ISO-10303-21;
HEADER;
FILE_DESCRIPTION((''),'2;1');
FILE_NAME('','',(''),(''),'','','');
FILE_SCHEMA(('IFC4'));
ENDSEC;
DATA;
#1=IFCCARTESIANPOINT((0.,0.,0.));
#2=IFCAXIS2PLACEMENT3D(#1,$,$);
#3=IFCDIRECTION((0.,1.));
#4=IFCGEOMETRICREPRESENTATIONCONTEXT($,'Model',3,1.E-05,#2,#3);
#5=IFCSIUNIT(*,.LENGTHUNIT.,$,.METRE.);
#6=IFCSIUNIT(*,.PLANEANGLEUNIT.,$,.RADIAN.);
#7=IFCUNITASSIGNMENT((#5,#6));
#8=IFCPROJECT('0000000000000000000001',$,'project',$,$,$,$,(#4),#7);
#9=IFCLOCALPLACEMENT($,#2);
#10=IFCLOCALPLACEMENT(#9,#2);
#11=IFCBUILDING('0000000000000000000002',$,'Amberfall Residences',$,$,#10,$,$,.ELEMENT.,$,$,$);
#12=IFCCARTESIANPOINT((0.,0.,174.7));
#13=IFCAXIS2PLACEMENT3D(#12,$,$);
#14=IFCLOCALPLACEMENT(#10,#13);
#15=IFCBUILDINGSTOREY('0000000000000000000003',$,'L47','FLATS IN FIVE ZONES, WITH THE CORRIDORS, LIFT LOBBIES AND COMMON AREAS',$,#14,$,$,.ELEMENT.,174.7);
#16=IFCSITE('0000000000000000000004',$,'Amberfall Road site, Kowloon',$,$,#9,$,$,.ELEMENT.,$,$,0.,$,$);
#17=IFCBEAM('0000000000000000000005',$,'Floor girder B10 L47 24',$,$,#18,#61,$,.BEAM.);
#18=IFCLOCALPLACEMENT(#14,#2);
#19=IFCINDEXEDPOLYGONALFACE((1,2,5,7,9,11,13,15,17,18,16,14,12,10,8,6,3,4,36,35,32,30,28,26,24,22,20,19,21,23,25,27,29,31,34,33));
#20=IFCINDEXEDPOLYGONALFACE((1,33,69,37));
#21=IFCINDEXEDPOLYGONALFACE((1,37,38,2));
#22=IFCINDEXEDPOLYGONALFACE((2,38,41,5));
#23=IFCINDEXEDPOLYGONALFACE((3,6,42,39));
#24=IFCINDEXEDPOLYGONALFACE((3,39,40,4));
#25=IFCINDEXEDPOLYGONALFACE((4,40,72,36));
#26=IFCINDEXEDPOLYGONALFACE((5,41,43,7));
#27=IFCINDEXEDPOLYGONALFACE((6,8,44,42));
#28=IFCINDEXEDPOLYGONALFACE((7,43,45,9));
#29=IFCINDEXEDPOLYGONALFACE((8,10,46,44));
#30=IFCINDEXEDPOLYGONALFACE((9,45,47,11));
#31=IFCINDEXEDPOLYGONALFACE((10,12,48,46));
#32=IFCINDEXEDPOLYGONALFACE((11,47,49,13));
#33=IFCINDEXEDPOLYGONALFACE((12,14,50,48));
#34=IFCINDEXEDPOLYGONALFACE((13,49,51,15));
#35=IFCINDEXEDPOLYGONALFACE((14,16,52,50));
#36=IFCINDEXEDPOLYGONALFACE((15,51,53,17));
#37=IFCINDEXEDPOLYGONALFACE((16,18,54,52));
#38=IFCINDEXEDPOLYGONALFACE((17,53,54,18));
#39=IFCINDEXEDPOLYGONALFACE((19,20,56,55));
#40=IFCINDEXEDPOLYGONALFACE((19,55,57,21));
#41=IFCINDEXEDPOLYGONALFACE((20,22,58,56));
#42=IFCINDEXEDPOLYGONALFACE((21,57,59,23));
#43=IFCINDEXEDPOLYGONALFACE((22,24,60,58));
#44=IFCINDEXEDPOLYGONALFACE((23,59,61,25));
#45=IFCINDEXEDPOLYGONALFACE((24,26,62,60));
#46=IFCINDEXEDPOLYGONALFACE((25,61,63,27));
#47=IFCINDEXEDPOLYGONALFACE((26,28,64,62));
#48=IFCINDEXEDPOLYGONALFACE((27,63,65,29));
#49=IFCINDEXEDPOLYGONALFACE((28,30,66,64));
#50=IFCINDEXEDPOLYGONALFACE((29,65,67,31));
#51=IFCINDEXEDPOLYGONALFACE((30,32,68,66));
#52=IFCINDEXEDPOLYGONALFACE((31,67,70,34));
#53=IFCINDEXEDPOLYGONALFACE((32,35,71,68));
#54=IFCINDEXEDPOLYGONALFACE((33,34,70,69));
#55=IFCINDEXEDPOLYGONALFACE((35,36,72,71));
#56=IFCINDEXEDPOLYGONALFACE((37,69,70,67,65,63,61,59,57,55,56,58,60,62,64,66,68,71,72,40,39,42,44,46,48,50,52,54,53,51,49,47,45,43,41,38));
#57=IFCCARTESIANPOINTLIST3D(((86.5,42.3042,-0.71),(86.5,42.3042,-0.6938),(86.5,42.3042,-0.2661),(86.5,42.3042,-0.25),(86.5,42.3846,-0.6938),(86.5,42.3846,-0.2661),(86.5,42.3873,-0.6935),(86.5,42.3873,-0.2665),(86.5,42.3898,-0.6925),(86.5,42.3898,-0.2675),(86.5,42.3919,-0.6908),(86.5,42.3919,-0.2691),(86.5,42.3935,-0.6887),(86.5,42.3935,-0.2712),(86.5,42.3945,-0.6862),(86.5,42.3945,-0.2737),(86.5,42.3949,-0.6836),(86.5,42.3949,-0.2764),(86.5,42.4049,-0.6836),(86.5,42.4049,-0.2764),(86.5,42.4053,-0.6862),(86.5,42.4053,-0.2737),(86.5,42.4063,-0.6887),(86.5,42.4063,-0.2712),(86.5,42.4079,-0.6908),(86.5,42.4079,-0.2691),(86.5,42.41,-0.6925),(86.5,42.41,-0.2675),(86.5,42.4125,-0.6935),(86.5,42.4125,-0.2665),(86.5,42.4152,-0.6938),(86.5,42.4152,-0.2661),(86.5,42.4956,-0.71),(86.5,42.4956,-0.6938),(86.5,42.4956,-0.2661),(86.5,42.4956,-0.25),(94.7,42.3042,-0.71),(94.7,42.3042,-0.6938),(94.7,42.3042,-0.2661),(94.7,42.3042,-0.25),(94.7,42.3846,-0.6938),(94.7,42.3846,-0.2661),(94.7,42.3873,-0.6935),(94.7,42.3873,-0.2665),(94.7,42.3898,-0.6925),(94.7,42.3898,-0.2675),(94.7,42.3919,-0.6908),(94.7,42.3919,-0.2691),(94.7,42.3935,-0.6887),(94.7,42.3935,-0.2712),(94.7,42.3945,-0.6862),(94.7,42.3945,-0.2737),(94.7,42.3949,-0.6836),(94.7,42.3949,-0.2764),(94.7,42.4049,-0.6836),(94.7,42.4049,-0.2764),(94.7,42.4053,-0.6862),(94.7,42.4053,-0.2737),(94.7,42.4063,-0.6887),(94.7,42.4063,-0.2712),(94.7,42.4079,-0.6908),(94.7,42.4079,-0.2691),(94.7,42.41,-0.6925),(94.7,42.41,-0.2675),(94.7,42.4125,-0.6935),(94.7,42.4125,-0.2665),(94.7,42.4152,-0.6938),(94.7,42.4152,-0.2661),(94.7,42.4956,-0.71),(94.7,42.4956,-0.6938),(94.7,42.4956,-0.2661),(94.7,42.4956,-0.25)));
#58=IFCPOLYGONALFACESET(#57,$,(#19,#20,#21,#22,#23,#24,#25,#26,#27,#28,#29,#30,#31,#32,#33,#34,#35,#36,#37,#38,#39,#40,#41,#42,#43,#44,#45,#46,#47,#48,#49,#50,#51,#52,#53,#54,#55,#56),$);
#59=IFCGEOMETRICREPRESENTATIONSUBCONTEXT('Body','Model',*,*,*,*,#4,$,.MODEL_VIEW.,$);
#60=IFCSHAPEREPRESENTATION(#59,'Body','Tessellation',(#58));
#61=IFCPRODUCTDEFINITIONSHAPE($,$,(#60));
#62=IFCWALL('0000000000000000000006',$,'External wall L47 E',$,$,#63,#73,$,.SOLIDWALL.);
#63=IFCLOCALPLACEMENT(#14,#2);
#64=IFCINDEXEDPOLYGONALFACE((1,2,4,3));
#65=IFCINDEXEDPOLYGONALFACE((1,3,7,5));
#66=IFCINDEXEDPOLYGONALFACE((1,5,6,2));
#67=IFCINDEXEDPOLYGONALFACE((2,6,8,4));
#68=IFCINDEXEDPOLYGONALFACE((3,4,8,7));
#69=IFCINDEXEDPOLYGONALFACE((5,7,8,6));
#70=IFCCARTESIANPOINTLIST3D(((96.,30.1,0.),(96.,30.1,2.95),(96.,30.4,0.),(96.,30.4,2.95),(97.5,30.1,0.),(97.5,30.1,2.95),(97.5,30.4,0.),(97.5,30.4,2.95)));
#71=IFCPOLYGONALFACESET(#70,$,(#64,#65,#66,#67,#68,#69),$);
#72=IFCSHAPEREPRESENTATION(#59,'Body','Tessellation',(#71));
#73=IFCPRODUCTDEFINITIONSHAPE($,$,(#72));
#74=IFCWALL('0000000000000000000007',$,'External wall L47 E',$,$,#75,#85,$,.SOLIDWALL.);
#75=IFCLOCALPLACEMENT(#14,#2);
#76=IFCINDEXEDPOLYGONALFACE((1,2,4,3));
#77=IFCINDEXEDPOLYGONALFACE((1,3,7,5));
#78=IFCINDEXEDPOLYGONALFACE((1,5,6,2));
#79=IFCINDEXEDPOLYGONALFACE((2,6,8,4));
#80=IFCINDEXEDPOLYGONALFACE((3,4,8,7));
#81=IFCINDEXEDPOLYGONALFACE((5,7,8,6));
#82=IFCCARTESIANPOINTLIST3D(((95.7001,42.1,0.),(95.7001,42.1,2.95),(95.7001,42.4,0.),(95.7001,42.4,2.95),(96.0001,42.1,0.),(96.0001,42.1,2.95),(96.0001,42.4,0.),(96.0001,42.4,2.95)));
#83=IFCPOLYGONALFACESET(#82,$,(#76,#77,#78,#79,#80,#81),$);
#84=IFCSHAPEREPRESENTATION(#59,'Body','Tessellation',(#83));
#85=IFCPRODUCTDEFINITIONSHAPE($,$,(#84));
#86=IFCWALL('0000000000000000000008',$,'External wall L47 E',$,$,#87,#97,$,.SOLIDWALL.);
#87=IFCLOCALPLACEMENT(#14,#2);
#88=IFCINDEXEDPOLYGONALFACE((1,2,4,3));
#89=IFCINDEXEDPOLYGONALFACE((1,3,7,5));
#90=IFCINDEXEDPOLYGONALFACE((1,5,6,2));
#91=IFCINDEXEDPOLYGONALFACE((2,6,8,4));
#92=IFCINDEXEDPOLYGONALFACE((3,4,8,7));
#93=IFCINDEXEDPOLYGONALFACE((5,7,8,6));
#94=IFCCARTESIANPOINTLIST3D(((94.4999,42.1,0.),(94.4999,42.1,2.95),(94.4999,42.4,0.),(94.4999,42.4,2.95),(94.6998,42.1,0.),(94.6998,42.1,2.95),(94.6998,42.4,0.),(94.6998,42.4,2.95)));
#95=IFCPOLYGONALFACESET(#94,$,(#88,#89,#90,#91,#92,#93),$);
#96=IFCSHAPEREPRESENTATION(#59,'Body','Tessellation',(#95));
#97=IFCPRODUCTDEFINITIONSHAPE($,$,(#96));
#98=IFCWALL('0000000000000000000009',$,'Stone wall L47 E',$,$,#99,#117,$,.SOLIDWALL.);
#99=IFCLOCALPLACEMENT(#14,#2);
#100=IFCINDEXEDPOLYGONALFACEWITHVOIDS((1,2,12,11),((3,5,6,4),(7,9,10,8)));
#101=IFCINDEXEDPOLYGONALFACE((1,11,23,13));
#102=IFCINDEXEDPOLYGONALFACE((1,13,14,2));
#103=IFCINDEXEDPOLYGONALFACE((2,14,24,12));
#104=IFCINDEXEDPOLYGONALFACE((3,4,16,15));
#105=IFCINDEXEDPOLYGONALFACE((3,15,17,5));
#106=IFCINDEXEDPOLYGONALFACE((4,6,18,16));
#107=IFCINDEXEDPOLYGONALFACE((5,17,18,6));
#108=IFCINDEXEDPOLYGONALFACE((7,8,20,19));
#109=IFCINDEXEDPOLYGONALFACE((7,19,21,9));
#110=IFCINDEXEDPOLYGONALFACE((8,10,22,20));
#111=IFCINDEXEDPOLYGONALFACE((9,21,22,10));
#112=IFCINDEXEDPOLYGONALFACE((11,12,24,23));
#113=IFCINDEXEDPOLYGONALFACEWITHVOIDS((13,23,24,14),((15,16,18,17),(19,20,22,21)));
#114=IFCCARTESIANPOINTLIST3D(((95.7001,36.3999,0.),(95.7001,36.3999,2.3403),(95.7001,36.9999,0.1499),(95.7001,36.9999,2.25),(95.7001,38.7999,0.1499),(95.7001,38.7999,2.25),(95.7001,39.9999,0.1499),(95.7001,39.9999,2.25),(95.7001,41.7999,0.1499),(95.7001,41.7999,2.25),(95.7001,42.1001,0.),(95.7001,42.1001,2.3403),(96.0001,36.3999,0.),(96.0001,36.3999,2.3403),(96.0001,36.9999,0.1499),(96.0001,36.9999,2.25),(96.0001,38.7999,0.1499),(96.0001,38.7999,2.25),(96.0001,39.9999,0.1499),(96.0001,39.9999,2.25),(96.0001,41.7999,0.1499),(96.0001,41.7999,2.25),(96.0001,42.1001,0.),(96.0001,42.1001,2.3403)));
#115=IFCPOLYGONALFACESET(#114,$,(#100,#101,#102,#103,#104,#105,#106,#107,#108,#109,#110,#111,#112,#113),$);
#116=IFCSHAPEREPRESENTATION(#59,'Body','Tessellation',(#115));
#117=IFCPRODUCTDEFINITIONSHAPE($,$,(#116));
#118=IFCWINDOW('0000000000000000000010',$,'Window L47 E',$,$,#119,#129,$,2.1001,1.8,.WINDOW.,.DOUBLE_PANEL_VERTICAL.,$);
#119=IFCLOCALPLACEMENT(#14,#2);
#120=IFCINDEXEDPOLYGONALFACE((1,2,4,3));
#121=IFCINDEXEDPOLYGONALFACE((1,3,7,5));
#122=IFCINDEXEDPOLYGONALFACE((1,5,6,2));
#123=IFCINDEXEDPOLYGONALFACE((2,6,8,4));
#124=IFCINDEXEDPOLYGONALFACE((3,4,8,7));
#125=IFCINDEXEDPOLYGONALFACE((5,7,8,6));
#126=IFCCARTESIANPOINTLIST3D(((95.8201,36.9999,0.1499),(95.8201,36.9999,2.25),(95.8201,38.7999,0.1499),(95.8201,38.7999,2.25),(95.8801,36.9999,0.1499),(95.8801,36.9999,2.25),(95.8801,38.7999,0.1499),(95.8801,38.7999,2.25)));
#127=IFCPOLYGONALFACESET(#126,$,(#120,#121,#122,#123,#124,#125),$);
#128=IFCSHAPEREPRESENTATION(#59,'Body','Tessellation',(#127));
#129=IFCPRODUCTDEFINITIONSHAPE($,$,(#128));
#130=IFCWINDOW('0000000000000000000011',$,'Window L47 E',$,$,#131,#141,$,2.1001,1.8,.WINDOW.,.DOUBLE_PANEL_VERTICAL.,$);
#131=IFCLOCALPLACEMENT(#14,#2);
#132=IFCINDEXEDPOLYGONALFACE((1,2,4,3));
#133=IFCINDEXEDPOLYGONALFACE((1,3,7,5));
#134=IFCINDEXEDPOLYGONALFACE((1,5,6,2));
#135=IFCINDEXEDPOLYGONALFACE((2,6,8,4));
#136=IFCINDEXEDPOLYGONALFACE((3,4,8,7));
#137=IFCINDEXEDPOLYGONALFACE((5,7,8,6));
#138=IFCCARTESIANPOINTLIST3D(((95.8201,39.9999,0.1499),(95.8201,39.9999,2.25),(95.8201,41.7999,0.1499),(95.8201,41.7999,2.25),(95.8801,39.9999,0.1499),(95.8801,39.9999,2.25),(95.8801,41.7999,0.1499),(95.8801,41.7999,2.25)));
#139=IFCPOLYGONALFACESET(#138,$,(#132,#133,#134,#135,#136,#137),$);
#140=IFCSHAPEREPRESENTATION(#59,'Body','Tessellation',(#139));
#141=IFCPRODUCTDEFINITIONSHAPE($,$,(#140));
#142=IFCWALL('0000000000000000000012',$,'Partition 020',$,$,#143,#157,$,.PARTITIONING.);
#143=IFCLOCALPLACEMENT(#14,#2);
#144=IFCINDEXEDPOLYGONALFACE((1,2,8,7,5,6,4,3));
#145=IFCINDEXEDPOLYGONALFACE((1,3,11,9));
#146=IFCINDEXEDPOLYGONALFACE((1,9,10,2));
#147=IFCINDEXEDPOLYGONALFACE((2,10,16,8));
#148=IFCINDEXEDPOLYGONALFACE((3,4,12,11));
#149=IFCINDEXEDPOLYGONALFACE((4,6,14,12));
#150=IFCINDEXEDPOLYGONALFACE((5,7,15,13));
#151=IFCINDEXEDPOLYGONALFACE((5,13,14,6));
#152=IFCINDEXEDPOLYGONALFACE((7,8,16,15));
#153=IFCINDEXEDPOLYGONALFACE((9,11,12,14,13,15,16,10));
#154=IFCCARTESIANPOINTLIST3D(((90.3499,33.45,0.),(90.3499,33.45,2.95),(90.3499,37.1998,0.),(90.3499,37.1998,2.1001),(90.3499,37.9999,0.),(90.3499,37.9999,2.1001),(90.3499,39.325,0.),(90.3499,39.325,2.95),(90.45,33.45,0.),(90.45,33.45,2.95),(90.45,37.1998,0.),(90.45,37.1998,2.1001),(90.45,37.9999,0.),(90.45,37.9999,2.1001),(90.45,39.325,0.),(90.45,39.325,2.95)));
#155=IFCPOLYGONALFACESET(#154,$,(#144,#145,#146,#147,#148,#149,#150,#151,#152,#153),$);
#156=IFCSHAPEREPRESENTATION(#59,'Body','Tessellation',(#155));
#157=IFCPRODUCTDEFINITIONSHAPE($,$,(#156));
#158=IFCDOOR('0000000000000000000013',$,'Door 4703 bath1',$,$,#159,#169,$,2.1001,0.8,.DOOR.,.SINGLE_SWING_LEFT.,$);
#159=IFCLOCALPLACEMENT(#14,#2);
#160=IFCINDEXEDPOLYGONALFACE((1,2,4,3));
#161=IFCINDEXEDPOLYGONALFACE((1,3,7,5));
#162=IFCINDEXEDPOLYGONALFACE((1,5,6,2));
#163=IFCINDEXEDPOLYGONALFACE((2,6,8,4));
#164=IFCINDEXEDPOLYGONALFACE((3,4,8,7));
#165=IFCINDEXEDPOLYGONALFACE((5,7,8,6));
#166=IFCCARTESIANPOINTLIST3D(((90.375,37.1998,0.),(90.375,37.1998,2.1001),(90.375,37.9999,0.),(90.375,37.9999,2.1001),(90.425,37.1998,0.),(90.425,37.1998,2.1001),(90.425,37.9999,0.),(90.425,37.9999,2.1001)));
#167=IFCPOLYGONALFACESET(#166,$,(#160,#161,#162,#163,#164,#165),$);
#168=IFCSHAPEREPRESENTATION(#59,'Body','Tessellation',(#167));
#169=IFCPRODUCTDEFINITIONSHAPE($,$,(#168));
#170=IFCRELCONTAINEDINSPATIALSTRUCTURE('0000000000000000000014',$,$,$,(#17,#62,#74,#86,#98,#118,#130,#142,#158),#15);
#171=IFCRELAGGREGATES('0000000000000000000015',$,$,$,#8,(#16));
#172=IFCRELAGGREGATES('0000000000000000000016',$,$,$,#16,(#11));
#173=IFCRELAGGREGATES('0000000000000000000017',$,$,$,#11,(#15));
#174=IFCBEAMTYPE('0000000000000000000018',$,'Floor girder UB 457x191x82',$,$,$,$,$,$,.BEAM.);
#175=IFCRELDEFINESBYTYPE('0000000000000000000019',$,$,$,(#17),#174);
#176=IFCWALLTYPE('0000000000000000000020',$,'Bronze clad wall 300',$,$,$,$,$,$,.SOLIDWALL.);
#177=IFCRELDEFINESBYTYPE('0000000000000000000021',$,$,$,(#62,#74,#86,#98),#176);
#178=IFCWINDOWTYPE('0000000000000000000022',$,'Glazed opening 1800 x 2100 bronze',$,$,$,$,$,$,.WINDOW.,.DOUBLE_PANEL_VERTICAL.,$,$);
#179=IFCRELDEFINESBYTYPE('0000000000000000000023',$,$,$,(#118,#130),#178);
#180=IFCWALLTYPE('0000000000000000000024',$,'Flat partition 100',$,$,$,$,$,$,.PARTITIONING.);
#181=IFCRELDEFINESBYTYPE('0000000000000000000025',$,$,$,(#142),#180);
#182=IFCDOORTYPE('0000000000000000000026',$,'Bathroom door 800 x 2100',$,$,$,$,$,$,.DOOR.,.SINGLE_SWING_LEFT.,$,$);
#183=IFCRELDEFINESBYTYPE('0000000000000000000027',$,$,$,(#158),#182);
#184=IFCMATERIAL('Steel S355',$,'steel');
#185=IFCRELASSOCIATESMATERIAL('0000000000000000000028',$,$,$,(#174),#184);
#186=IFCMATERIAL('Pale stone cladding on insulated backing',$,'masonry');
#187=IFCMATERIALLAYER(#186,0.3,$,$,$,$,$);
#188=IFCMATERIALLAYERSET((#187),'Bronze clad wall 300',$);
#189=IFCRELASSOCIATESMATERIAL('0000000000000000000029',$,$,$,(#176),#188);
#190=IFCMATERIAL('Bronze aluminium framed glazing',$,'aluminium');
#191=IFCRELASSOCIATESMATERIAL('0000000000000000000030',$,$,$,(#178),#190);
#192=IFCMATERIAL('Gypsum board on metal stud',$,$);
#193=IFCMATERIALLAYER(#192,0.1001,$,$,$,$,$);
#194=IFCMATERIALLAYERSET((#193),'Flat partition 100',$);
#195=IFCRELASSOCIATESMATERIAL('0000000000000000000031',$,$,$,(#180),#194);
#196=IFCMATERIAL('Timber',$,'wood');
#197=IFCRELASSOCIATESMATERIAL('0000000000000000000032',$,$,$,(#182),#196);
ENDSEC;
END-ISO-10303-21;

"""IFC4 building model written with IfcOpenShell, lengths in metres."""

from ifc_helpers import new_model, si_unit, direction, frame, frame_2d, origin, origin_2d, place, context, subcontext, project, spatial, rectangle, i_section, extrude, material, layer, layer_set, material_profile, profile_set, type_object, element, fill, save


model = new_model("IFC4")

# Units and contexts
model_context = context("Model", 3, precision=1e-05, world=origin(), true_north=direction((0.0, 1.0)))
body_context = subcontext(model_context, "Body", "Model", "MODEL_VIEW")
ifc_project = project(units=[si_unit("LENGTHUNIT", "METRE"), si_unit("PLANEANGLEUNIT", "RADIAN")], contexts=[model_context])

# Site, building, storey
site_placement = place(None, origin())
site = spatial("IfcSite", under=ifc_project, at=site_placement, Name="Amberfall Road site, Kowloon", CompositionType="ELEMENT", RefElevation=0.0)
building_placement = place(site_placement, origin())
building = spatial("IfcBuilding", under=site, at=building_placement, Name="Amberfall Residences", CompositionType="ELEMENT")
storey_placement = place(building_placement, frame((0.0, 0.0, 174.7)))
storey = spatial("IfcBuildingStorey", under=building, at=storey_placement, Name="L47", Description="FLATS IN FIVE ZONES, WITH THE CORRIDORS, LIFT LOBBIES AND COMMON AREAS", CompositionType="ELEMENT", Elevation=174.7)

# Beam
ifc_material_1 = material(Name="Steel S355", Category="steel")
ifc_material_profile_1 = material_profile(ifc_material_1, i_section(OverallWidth=0.1914, OverallDepth=0.46, WebThickness=0.01, FlangeThickness=0.0161, FilletRadius=0.0103, at=origin_2d()), Name="UB 457x191x82")
ifc_profile_set_1 = profile_set([ifc_material_profile_1], Name="Steel S355")
beam_type_1 = type_object("IfcBeamType", Name="Floor girder UB 457x191x82", PredefinedType="BEAM", material=ifc_profile_set_1)
beam_1_placement = place(storey_placement, frame((94.7, 42.3999, -0.48), z_axis=(-1.0, 0.0, 0.0), x_axis=(0.0, -1.0, 0.0)))
element("IfcBeam", 1, at=beam_1_placement, inside=storey, type_object=beam_type_1, Name="Floor girder B10 L47 24", PredefinedType="BEAM", context=body_context, shape_type="SweptSolid", body=[
    extrude(i_section(OverallWidth=0.1914, OverallDepth=0.46, WebThickness=0.01, FlangeThickness=0.0161, FilletRadius=0.0103, at=origin_2d()), origin(), (0.0, 0.0, 1.0), 8.2),
])

# Walls
ifc_material_2 = material(Name="Pale stone cladding on insulated backing", Category="masonry")
ifc_layer_1 = layer(ifc_material_2, 0.3)
ifc_layer_set_1 = layer_set([ifc_layer_1], Name="Bronze clad wall 300")
wall_type_1 = type_object("IfcWallType", Name="Bronze clad wall 300", PredefinedType="SOLIDWALL", material=ifc_layer_set_1)
wall_1_placement = place(storey_placement, frame((97.5, 30.25, 0.0), z_axis=(0.0, 0.0, 1.0), x_axis=(-1.0, 0.0, 0.0)))
element("IfcWall", 2, at=wall_1_placement, inside=storey, type_object=wall_type_1, Name="External wall L47 E", PredefinedType="SOLIDWALL", context=body_context, shape_type="SweptSolid", body=[
    extrude(rectangle(XDim=1.5, YDim=0.3, at=frame_2d((0.75, 0.0))), origin(), (0.0, 0.0, 1.0), 2.95),
])
wall_2_placement = place(storey_placement, frame((96.0, 42.25, 0.0), z_axis=(0.0, 0.0, 1.0), x_axis=(-1.0, 0.0, 0.0)))
element("IfcWall", 3, at=wall_2_placement, inside=storey, type_object=wall_type_1, Name="External wall L47 E", PredefinedType="SOLIDWALL", context=body_context, shape_type="SweptSolid", body=[
    extrude(rectangle(XDim=0.3, YDim=0.3, at=frame_2d((0.1499, 0.0))), origin(), (0.0, 0.0, 1.0), 2.95),
])
wall_3_placement = place(storey_placement, frame((94.7, 42.25, 0.0), z_axis=(0.0, 0.0, 1.0), x_axis=(-1.0, 0.0, 0.0)))
element("IfcWall", 4, at=wall_3_placement, inside=storey, type_object=wall_type_1, Name="External wall L47 E", PredefinedType="SOLIDWALL", context=body_context, shape_type="SweptSolid", body=[
    extrude(rectangle(XDim=0.2, YDim=0.3, at=frame_2d((0.1001, 0.0))), origin(), (0.0, 0.0, 1.0), 2.95),
])

# Wall, openings, windows
wall_4_placement = place(storey_placement, frame((95.8501, 36.3999, 0.0), z_axis=(0.0, 0.0, 1.0), x_axis=(0.0, 1.0, 0.0)))
wall_4 = element("IfcWall", 5, at=wall_4_placement, inside=storey, type_object=wall_type_1, Name="Stone wall L47 E", PredefinedType="SOLIDWALL", context=body_context, shape_type="SweptSolid", body=[
    extrude(rectangle(XDim=5.7002, YDim=0.3, at=frame_2d((2.8501, 0.0))), origin(), (0.0, 0.0, 1.0), 2.3403),
])
opening_1_placement = place(wall_4_placement, frame((0.6001, 0.0, 0.1499)))
opening_1 = element("IfcOpeningElement", 6, at=opening_1_placement, cuts=wall_4, PredefinedType="OPENING", context=body_context, shape_type="SweptSolid", body=[
    extrude(rectangle(XDim=1.8, YDim=2.1001, at=frame_2d((0.8999, 1.05))), frame((0.0, 0.1599, 0.0), z_axis=(0.0, -1.0, 0.0), x_axis=(1.0, 0.0, 0.0)), (0.0, 0.0, 1.0), 0.3201),
])
opening_2_placement = place(wall_4_placement, frame((3.6001, 0.0, 0.1499)))
opening_2 = element("IfcOpeningElement", 7, at=opening_2_placement, cuts=wall_4, PredefinedType="OPENING", context=body_context, shape_type="SweptSolid", body=[
    extrude(rectangle(XDim=1.8, YDim=2.1001, at=frame_2d((0.8999, 1.05))), frame((0.0, 0.1599, 0.0), z_axis=(0.0, -1.0, 0.0), x_axis=(1.0, 0.0, 0.0)), (0.0, 0.0, 1.0), 0.3201),
])
ifc_material_3 = material(Name="Bronze aluminium framed glazing", Category="aluminium")
window_type = type_object("IfcWindowType", Name="Glazed opening 1800 x 2100 bronze", PartitioningType="DOUBLE_PANEL_VERTICAL", PredefinedType="WINDOW", material=ifc_material_3)
window_1_placement = place(opening_1_placement, origin())
window_1 = element("IfcWindow", 8, at=window_1_placement, inside=storey, type_object=window_type, Name="Window L47 E", OverallHeight=2.1001, OverallWidth=1.8, PartitioningType="DOUBLE_PANEL_VERTICAL", PredefinedType="WINDOW", context=body_context, shape_type="SweptSolid", body=[
    extrude(rectangle(XDim=1.8, YDim=2.1001, at=frame_2d((0.8999, 1.05))), frame((0.0, 0.03, 0.0), z_axis=(0.0, -1.0, 0.0), x_axis=(1.0, 0.0, 0.0)), (0.0, 0.0, 1.0), 0.0601),
])
fill(opening_1, window_1)
window_2_placement = place(opening_2_placement, origin())
window_2 = element("IfcWindow", 9, at=window_2_placement, inside=storey, type_object=window_type, Name="Window L47 E", OverallHeight=2.1001, OverallWidth=1.8, PartitioningType="DOUBLE_PANEL_VERTICAL", PredefinedType="WINDOW", context=body_context, shape_type="SweptSolid", body=[
    extrude(rectangle(XDim=1.8, YDim=2.1001, at=frame_2d((0.8999, 1.05))), frame((0.0, 0.03, 0.0), z_axis=(0.0, -1.0, 0.0), x_axis=(1.0, 0.0, 0.0)), (0.0, 0.0, 1.0), 0.0601),
])
fill(opening_2, window_2)

# Wall, opening, door
ifc_material_4 = material(Name="Gypsum board on metal stud")
ifc_layer_2 = layer(ifc_material_4, 0.1001)
ifc_layer_set_2 = layer_set([ifc_layer_2], Name="Flat partition 100")
wall_type_2 = type_object("IfcWallType", Name="Flat partition 100", PredefinedType="PARTITIONING", material=ifc_layer_set_2)
wall_5_placement = place(storey_placement, frame((90.3999, 33.45, 0.0), z_axis=(0.0, 0.0, 1.0), x_axis=(0.0, 1.0, 0.0)))
wall_5 = element("IfcWall", 10, at=wall_5_placement, inside=storey, type_object=wall_type_2, Name="Partition 020", PredefinedType="PARTITIONING", context=body_context, shape_type="SweptSolid", body=[
    extrude(rectangle(XDim=5.875, YDim=0.1001, at=frame_2d((2.9375, 0.0))), origin(), (0.0, 0.0, 1.0), 2.95),
])
opening_3_placement = place(wall_5_placement, frame((3.75, 0.0, 0.0)))
opening_3 = element("IfcOpeningElement", 11, at=opening_3_placement, cuts=wall_5, PredefinedType="OPENING", context=body_context, shape_type="SweptSolid", body=[
    extrude(rectangle(XDim=0.8, YDim=2.1001, at=frame_2d((0.3999, 1.05))), frame((0.0, 0.0601, 0.0), z_axis=(0.0, -1.0, 0.0), x_axis=(1.0, 0.0, 0.0)), (0.0, 0.0, 1.0), 0.1201),
])
ifc_material_5 = material(Name="Timber", Category="wood")
door_type_1 = type_object("IfcDoorType", Name="Bathroom door 800 x 2100", OperationType="SINGLE_SWING_LEFT", PredefinedType="DOOR", material=ifc_material_5)
door_1_placement = place(opening_3_placement, origin())
door_1 = element("IfcDoor", 12, at=door_1_placement, inside=storey, type_object=door_type_1, Name="Door 4703 bath1", OperationType="SINGLE_SWING_LEFT", OverallHeight=2.1001, OverallWidth=0.8, PredefinedType="DOOR", context=body_context, shape_type="SweptSolid", body=[
    extrude(rectangle(XDim=0.8, YDim=2.1001, at=frame_2d((0.3999, 1.05))), frame((0.0, 0.0249, 0.0), z_axis=(0.0, -1.0, 0.0), x_axis=(1.0, 0.0, 0.0)), (0.0, 0.0, 1.0), 0.05),
])
fill(opening_3, door_1)

save(model, "model.ifc")
